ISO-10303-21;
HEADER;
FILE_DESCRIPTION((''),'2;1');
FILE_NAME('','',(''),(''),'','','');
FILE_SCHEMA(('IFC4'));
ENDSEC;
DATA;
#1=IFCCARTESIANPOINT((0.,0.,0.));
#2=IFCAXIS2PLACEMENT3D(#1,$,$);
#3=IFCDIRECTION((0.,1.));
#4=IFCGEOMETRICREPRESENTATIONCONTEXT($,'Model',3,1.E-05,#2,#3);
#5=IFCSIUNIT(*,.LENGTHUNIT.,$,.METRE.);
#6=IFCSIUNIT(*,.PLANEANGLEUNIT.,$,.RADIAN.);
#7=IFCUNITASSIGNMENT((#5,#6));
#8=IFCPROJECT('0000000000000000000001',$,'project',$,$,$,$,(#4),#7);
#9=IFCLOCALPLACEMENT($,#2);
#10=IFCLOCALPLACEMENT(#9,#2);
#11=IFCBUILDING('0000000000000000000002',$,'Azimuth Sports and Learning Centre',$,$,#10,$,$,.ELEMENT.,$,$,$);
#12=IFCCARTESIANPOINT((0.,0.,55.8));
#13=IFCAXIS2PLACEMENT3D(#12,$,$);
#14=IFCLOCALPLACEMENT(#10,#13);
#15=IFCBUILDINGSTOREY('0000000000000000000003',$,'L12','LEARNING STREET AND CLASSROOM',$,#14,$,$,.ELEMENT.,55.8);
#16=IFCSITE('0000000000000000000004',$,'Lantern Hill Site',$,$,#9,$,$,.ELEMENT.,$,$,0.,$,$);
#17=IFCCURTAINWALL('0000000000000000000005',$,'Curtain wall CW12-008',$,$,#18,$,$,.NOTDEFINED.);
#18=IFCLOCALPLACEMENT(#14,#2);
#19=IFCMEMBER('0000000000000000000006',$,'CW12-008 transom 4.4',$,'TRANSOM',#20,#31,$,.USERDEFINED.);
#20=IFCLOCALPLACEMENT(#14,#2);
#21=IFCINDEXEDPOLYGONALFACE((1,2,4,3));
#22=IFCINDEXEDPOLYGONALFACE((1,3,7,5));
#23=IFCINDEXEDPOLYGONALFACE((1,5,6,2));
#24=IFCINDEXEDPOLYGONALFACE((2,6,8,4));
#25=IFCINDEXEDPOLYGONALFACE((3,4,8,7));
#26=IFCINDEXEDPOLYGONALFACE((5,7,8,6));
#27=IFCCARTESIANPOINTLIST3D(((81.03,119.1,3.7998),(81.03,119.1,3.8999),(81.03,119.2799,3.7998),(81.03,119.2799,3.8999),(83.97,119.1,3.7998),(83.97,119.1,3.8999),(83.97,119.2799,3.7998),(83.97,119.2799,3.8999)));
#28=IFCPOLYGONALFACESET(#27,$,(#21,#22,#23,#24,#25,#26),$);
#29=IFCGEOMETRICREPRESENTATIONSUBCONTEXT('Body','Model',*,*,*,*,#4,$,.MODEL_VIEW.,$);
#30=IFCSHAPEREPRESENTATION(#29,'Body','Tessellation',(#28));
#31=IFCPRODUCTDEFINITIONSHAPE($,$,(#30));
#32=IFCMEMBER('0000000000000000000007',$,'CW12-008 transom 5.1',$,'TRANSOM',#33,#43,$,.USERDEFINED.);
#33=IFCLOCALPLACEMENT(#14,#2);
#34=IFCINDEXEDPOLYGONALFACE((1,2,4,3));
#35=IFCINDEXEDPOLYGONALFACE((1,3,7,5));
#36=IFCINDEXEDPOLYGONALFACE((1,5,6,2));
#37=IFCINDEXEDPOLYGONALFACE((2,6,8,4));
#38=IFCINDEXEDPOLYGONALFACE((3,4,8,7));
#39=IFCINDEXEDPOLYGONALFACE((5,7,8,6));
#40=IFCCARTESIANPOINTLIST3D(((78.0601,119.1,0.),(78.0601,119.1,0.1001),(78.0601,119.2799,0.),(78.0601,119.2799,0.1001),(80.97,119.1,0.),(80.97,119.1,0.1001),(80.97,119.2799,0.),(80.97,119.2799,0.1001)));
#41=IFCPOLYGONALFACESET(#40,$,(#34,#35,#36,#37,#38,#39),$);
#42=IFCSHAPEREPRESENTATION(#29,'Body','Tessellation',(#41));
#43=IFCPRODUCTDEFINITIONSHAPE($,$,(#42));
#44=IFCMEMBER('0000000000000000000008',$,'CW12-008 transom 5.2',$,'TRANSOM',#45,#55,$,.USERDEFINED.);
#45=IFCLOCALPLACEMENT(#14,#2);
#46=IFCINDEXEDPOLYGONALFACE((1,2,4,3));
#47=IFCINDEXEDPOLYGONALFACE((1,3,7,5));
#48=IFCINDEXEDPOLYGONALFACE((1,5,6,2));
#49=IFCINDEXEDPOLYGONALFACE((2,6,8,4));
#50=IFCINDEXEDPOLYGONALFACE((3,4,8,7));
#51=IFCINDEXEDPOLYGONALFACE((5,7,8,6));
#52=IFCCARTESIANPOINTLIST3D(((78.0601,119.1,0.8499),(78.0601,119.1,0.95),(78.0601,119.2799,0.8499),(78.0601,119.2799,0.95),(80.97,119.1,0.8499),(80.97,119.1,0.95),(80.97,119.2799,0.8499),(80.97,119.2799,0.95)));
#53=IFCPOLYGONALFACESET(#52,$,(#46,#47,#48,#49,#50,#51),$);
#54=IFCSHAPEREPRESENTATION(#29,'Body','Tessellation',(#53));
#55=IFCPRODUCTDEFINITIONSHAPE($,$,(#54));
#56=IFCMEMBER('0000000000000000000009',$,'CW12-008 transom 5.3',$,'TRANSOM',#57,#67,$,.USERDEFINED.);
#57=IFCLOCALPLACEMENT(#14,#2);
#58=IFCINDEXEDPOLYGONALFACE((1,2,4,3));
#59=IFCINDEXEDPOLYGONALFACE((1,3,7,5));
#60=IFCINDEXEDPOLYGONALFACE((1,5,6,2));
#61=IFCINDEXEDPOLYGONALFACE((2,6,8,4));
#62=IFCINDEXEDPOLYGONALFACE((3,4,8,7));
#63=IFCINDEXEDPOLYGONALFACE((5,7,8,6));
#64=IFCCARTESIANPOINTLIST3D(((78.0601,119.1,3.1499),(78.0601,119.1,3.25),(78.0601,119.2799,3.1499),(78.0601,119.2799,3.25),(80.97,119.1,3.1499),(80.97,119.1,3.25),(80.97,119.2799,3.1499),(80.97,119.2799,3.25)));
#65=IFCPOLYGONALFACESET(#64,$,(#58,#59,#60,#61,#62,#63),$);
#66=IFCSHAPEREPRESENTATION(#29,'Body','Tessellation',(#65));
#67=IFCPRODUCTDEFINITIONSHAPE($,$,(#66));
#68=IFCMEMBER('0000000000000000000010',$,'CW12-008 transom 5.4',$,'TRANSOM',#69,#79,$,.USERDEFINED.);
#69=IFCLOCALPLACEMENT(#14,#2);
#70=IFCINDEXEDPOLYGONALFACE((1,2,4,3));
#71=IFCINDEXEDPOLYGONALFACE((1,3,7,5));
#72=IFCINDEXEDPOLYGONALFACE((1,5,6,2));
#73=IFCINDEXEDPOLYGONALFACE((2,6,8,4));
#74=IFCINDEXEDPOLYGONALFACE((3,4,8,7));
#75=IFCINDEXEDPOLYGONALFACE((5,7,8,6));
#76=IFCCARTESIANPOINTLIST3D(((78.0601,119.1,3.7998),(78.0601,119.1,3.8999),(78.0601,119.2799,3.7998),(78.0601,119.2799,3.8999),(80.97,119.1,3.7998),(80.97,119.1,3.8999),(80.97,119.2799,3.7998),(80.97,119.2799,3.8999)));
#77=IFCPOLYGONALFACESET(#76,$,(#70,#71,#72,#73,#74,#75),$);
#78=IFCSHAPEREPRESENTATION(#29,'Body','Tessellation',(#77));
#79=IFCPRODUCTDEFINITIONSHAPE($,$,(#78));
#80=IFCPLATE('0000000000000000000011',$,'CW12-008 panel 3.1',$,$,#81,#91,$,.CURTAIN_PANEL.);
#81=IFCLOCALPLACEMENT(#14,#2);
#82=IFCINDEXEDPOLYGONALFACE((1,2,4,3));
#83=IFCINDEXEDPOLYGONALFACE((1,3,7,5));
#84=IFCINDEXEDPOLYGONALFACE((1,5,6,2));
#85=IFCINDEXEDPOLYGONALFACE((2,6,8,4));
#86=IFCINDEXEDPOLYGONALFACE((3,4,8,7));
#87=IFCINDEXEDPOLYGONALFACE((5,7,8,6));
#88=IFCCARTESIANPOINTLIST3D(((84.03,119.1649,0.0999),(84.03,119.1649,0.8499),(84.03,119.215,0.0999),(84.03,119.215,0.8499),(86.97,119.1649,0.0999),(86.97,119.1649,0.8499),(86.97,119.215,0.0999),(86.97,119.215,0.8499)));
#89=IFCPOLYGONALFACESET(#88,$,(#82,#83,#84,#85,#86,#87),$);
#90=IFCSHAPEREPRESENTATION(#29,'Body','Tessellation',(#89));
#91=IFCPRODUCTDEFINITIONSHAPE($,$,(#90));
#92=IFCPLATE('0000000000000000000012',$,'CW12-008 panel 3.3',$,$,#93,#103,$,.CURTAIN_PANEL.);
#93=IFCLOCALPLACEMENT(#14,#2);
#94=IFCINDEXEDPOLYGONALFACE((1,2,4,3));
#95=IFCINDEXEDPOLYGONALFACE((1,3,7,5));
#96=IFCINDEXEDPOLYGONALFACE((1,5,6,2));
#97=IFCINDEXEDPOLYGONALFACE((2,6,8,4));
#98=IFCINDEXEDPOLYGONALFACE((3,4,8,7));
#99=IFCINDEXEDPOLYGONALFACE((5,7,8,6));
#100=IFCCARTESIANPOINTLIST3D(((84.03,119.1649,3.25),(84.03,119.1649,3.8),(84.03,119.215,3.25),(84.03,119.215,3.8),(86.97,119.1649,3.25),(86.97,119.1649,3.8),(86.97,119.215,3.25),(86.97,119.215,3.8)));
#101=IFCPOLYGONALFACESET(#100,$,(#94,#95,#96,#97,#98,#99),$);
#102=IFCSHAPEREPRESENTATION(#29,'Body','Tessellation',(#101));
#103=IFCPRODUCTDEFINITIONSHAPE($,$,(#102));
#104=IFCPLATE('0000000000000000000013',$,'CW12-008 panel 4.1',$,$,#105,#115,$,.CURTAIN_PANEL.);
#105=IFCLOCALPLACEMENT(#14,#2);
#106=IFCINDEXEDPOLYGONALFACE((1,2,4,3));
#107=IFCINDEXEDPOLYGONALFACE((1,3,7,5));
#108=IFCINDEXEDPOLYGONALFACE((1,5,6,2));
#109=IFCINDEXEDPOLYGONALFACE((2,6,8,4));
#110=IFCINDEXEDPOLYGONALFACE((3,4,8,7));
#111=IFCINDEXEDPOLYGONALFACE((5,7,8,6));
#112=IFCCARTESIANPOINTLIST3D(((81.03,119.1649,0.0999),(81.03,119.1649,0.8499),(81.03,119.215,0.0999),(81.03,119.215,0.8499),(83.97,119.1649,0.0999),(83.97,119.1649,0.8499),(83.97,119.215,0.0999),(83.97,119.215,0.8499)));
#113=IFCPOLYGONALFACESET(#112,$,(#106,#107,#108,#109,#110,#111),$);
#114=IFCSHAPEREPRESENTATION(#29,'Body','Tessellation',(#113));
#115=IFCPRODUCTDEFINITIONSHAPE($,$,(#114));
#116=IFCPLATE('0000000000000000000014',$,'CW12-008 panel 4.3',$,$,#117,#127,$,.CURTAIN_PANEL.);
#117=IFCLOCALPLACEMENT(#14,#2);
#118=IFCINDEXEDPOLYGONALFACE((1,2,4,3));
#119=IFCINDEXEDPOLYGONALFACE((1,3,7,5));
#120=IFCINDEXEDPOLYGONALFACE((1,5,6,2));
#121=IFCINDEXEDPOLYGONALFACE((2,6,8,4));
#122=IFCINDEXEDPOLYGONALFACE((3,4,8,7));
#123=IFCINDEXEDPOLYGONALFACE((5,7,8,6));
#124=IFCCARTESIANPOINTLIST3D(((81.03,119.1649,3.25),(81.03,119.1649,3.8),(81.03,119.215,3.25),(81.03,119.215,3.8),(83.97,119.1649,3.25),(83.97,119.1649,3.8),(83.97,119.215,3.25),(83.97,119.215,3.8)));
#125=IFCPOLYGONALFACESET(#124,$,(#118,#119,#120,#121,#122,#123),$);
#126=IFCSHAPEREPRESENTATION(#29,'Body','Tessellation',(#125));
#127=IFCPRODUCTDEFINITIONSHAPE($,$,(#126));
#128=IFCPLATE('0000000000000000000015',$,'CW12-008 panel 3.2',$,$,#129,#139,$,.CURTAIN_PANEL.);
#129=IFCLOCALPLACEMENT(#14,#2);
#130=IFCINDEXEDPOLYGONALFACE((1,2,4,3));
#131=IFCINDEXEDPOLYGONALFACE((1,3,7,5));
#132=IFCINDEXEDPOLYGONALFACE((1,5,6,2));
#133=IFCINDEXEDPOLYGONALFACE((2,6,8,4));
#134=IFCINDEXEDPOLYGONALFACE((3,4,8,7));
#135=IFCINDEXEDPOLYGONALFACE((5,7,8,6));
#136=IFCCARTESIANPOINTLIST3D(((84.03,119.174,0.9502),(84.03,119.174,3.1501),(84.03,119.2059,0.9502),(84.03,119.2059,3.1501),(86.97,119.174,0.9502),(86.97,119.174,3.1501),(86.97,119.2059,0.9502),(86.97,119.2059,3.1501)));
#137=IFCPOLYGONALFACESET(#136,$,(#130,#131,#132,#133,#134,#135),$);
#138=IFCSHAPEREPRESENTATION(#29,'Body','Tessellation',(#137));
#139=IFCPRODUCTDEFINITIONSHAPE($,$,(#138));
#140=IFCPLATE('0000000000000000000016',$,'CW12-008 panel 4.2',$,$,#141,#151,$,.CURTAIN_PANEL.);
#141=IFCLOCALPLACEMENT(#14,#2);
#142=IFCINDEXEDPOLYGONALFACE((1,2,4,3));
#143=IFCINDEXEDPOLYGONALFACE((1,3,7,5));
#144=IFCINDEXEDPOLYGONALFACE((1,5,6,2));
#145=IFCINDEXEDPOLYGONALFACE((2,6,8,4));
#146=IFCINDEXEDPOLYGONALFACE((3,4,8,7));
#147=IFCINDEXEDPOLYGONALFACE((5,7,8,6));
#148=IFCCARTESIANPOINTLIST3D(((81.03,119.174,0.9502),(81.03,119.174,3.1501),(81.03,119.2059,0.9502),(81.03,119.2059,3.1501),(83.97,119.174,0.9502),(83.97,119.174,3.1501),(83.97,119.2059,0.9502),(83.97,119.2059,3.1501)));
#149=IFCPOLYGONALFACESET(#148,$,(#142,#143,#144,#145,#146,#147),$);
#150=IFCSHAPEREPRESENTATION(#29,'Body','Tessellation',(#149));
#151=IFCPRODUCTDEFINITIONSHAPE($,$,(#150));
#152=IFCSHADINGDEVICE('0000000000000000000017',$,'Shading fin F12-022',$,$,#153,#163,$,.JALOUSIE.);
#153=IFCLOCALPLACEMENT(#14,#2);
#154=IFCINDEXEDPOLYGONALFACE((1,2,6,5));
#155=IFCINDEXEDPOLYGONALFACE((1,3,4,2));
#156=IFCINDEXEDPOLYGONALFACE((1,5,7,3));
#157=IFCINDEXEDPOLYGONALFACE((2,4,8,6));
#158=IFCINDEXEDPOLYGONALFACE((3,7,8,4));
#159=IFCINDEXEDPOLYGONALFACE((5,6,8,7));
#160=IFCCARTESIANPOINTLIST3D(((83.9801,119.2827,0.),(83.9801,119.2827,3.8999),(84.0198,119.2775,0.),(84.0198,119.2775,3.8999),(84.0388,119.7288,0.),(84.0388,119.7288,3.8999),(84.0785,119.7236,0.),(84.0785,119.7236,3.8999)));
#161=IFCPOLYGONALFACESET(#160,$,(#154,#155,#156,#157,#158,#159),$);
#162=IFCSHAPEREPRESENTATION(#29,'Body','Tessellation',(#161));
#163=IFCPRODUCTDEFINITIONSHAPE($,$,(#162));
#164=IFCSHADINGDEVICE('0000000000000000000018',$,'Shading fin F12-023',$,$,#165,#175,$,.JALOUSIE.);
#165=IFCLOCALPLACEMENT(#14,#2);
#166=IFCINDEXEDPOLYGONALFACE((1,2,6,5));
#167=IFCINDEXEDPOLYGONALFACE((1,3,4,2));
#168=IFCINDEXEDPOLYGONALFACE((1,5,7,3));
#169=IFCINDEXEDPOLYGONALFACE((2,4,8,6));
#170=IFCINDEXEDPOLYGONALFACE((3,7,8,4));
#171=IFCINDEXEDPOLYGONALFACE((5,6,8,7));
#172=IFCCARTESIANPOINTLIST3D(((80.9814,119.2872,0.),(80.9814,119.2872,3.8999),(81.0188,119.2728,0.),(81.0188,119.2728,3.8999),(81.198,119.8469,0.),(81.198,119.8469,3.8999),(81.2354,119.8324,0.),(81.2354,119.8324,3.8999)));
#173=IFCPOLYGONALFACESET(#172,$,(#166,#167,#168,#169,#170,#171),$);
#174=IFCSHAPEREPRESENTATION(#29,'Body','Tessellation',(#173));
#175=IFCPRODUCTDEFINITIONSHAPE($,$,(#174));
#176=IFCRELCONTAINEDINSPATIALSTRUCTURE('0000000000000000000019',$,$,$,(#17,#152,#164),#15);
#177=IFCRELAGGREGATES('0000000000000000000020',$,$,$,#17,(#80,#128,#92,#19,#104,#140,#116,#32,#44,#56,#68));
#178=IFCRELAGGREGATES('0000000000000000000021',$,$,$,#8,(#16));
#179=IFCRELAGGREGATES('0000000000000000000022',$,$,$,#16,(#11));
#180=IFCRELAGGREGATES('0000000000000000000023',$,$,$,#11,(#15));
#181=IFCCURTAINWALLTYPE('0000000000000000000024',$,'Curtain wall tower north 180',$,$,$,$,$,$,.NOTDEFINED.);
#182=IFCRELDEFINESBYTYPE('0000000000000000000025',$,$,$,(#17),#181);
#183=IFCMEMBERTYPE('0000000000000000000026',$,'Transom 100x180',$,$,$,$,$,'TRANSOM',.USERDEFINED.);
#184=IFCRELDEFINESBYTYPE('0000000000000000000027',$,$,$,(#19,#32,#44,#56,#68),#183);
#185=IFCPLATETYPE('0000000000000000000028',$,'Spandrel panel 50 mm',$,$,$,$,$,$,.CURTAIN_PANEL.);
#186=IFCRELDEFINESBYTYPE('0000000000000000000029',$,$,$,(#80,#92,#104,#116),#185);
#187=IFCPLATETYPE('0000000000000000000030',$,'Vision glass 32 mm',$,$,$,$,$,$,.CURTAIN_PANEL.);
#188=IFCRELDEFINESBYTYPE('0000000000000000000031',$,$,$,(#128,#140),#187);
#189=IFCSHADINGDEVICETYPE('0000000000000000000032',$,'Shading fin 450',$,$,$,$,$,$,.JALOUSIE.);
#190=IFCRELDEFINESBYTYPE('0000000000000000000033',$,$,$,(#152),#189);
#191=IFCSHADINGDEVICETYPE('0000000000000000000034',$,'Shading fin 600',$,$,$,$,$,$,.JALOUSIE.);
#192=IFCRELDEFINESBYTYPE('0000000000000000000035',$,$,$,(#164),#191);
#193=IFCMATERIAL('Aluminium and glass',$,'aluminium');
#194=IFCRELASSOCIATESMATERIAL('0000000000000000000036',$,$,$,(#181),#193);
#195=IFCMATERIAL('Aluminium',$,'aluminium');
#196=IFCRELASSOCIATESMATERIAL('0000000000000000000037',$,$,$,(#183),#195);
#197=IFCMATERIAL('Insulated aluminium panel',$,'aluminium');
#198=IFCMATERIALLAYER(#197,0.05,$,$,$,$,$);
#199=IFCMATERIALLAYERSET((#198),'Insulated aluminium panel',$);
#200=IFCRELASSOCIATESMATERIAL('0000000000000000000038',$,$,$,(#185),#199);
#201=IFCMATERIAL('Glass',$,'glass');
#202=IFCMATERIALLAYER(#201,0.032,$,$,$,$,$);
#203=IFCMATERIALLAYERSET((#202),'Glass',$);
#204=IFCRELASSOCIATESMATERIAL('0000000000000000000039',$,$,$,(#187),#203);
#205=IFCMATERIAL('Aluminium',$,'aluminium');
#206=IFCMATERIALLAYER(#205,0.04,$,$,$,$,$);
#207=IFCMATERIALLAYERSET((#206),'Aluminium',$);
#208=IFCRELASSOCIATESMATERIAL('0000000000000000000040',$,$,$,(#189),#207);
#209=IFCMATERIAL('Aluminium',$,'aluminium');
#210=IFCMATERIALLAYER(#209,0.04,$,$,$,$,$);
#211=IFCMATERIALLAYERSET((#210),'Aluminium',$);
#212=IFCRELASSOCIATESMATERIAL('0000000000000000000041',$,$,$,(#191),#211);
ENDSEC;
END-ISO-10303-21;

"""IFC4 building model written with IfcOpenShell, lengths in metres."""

from ifc_helpers import new_model, si_unit, direction, frame, origin, origin_2d, place, context, subcontext, project, spatial, rectangle, extrude, material, layer, layer_set, material_profile, profile_set, type_object, element, aggregate, save


model = new_model("IFC4")

# Units and contexts
model_context = context("Model", 3, precision=1e-05, world=origin(), true_north=direction((0.0, 1.0)))
body_context = subcontext(model_context, "Body", "Model", "MODEL_VIEW")
ifc_project = project(units=[si_unit("LENGTHUNIT", "METRE"), si_unit("PLANEANGLEUNIT", "RADIAN")], contexts=[model_context])

# Site, building, storey
site_placement = place(None, origin())
site = spatial("IfcSite", under=ifc_project, at=site_placement, Name="Lantern Hill Site", CompositionType="ELEMENT", RefElevation=0.0)
building_placement = place(site_placement, origin())
building = spatial("IfcBuilding", under=site, at=building_placement, Name="Azimuth Sports and Learning Centre", CompositionType="ELEMENT")
storey_placement = place(building_placement, frame((0.0, 0.0, 55.8)))
storey = spatial("IfcBuildingStorey", under=building, at=storey_placement, Name="L12", Description="LEARNING STREET AND CLASSROOM", CompositionType="ELEMENT", Elevation=55.8)

# Curtain wall, members, plates
ifc_material_1 = material(Name="Aluminium and glass", Category="aluminium")
curtain_wall_type = type_object("IfcCurtainWallType", Name="Curtain wall tower north 180", PredefinedType="NOTDEFINED", material=ifc_material_1)
curtain_wall_placement = place(storey_placement, origin())
curtain_wall = element("IfcCurtainWall", 1, at=curtain_wall_placement, inside=storey, type_object=curtain_wall_type, Name="Curtain wall CW12-008", PredefinedType="NOTDEFINED")
ifc_material_2 = material(Name="Aluminium", Category="aluminium")
ifc_material_profile_1 = material_profile(ifc_material_2, rectangle(XDim=0.1799, YDim=0.1001, at=origin_2d()), Name="Transom 100x180")
ifc_profile_set_1 = profile_set([ifc_material_profile_1], Name="Aluminium")
member_type_1 = type_object("IfcMemberType", Name="Transom 100x180", ElementType="TRANSOM", PredefinedType="USERDEFINED", material=ifc_profile_set_1)
member_1_placement = place(storey_placement, frame((83.97, 119.1899, 3.8499), z_axis=(-1.0, 0.0, 0.0), x_axis=(0.0, -1.0, 0.0)))
member_1 = element("IfcMember", 2, at=member_1_placement, type_object=member_type_1, Name="CW12-008 transom 4.4", ObjectType="TRANSOM", PredefinedType="USERDEFINED", context=body_context, shape_type="SweptSolid", body=[
    extrude(rectangle(XDim=0.1799, YDim=0.1001, at=origin_2d()), origin(), (0.0, 0.0, 1.0), 2.9399),
])
member_2_placement = place(storey_placement, frame((80.97, 119.1899, 0.05), z_axis=(-1.0, 0.0, 0.0), x_axis=(0.0, -1.0, 0.0)))
member_2 = element("IfcMember", 3, at=member_2_placement, type_object=member_type_1, Name="CW12-008 transom 5.1", ObjectType="TRANSOM", PredefinedType="USERDEFINED", context=body_context, shape_type="SweptSolid", body=[
    extrude(rectangle(XDim=0.1799, YDim=0.1001, at=origin_2d()), origin(), (0.0, 0.0, 1.0), 2.9099),
])
member_3_placement = place(storey_placement, frame((80.97, 119.1899, 0.8999), z_axis=(-1.0, 0.0, 0.0), x_axis=(0.0, -1.0, 0.0)))
member_3 = element("IfcMember", 4, at=member_3_placement, type_object=member_type_1, Name="CW12-008 transom 5.2", ObjectType="TRANSOM", PredefinedType="USERDEFINED", context=body_context, shape_type="SweptSolid", body=[
    extrude(rectangle(XDim=0.1799, YDim=0.1001, at=origin_2d()), origin(), (0.0, 0.0, 1.0), 2.9099),
])
member_4_placement = place(storey_placement, frame((80.97, 119.1899, 3.2), z_axis=(-1.0, 0.0, 0.0), x_axis=(0.0, -1.0, 0.0)))
member_4 = element("IfcMember", 5, at=member_4_placement, type_object=member_type_1, Name="CW12-008 transom 5.3", ObjectType="TRANSOM", PredefinedType="USERDEFINED", context=body_context, shape_type="SweptSolid", body=[
    extrude(rectangle(XDim=0.1799, YDim=0.1001, at=origin_2d()), origin(), (0.0, 0.0, 1.0), 2.9099),
])
member_5_placement = place(storey_placement, frame((80.97, 119.1899, 3.8499), z_axis=(-1.0, 0.0, 0.0), x_axis=(0.0, -1.0, 0.0)))
member_5 = element("IfcMember", 6, at=member_5_placement, type_object=member_type_1, Name="CW12-008 transom 5.4", ObjectType="TRANSOM", PredefinedType="USERDEFINED", context=body_context, shape_type="SweptSolid", body=[
    extrude(rectangle(XDim=0.1799, YDim=0.1001, at=origin_2d()), origin(), (0.0, 0.0, 1.0), 2.9099),
])
ifc_material_3 = material(Name="Insulated aluminium panel", Category="aluminium")
ifc_layer_1 = layer(ifc_material_3, 0.05)
ifc_layer_set_1 = layer_set([ifc_layer_1], Name="Insulated aluminium panel")
plate_type_1 = type_object("IfcPlateType", Name="Spandrel panel 50 mm", PredefinedType="CURTAIN_PANEL", material=ifc_layer_set_1)
plate_1_placement = place(storey_placement, frame((85.5, 119.1899, 0.0999), z_axis=(0.0, 0.0, 1.0), x_axis=(-1.0, 0.0, 0.0)))
plate_1 = element("IfcPlate", 7, at=plate_1_placement, type_object=plate_type_1, Name="CW12-008 panel 3.1", PredefinedType="CURTAIN_PANEL", context=body_context, shape_type="SweptSolid", body=[
    extrude(rectangle(XDim=2.9399, YDim=0.05, at=origin_2d()), origin(), (0.0, 0.0, 1.0), 0.75),
])
plate_2_placement = place(storey_placement, frame((85.5, 119.1899, 3.25), z_axis=(0.0, 0.0, 1.0), x_axis=(-1.0, 0.0, 0.0)))
plate_2 = element("IfcPlate", 8, at=plate_2_placement, type_object=plate_type_1, Name="CW12-008 panel 3.3", PredefinedType="CURTAIN_PANEL", context=body_context, shape_type="SweptSolid", body=[
    extrude(rectangle(XDim=2.9399, YDim=0.05, at=origin_2d()), origin(), (0.0, 0.0, 1.0), 0.55),
])
plate_3_placement = place(storey_placement, frame((82.5, 119.1899, 0.0999), z_axis=(0.0, 0.0, 1.0), x_axis=(-1.0, 0.0, 0.0)))
plate_3 = element("IfcPlate", 9, at=plate_3_placement, type_object=plate_type_1, Name="CW12-008 panel 4.1", PredefinedType="CURTAIN_PANEL", context=body_context, shape_type="SweptSolid", body=[
    extrude(rectangle(XDim=2.9399, YDim=0.05, at=origin_2d()), origin(), (0.0, 0.0, 1.0), 0.75),
])
plate_4_placement = place(storey_placement, frame((82.5, 119.1899, 3.25), z_axis=(0.0, 0.0, 1.0), x_axis=(-1.0, 0.0, 0.0)))
plate_4 = element("IfcPlate", 10, at=plate_4_placement, type_object=plate_type_1, Name="CW12-008 panel 4.3", PredefinedType="CURTAIN_PANEL", context=body_context, shape_type="SweptSolid", body=[
    extrude(rectangle(XDim=2.9399, YDim=0.05, at=origin_2d()), origin(), (0.0, 0.0, 1.0), 0.55),
])
ifc_material_4 = material(Name="Glass", Category="glass")
ifc_layer_2 = layer(ifc_material_4, 0.032)
ifc_layer_set_2 = layer_set([ifc_layer_2], Name="Glass")
plate_type_2 = type_object("IfcPlateType", Name="Vision glass 32 mm", PredefinedType="CURTAIN_PANEL", material=ifc_layer_set_2)
plate_5_placement = place(storey_placement, frame((85.5, 119.1899, 0.9502), z_axis=(0.0, 0.0, 1.0), x_axis=(-1.0, 0.0, 0.0)))
plate_5 = element("IfcPlate", 11, at=plate_5_placement, type_object=plate_type_2, Name="CW12-008 panel 3.2", PredefinedType="CURTAIN_PANEL", context=body_context, shape_type="SweptSolid", body=[
    extrude(rectangle(XDim=2.9399, YDim=0.032, at=origin_2d()), origin(), (0.0, 0.0, 1.0), 2.2),
])
plate_6_placement = place(storey_placement, frame((82.5, 119.1899, 0.9502), z_axis=(0.0, 0.0, 1.0), x_axis=(-1.0, 0.0, 0.0)))
plate_6 = element("IfcPlate", 12, at=plate_6_placement, type_object=plate_type_2, Name="CW12-008 panel 4.2", PredefinedType="CURTAIN_PANEL", context=body_context, shape_type="SweptSolid", body=[
    extrude(rectangle(XDim=2.9399, YDim=0.032, at=origin_2d()), origin(), (0.0, 0.0, 1.0), 2.2),
])
aggregate(curtain_wall, [plate_1, plate_5, plate_2, member_1, plate_3, plate_6, plate_4, member_2, member_3, member_4, member_5])

# Shading devices
ifc_material_5 = material(Name="Aluminium", Category="aluminium")
ifc_layer_3 = layer(ifc_material_5, 0.04)
ifc_layer_set_3 = layer_set([ifc_layer_3], Name="Aluminium")
shading_device_type_1 = type_object("IfcShadingDeviceType", Name="Shading fin 450", PredefinedType="JALOUSIE", material=ifc_layer_set_3)
shading_device_1_placement = place(storey_placement, frame((84.0293, 119.5032, 0.0), z_axis=(0.0, 0.0, 1.0), x_axis=(0.130264, 0.991479, 0.0)))
element("IfcShadingDevice", 13, at=shading_device_1_placement, inside=storey, type_object=shading_device_type_1, Name="Shading fin F12-022", PredefinedType="JALOUSIE", context=body_context, shape_type="SweptSolid", body=[
    extrude(rectangle(XDim=0.45, YDim=0.04, at=origin_2d()), origin(), (0.0, 0.0, 1.0), 3.8999),
])
ifc_material_6 = material(Name="Aluminium", Category="aluminium")
ifc_layer_4 = layer(ifc_material_6, 0.04)
ifc_layer_set_4 = layer_set([ifc_layer_4], Name="Aluminium")
shading_device_type_2 = type_object("IfcShadingDeviceType", Name="Shading fin 600", PredefinedType="JALOUSIE", material=ifc_layer_set_4)
shading_device_2_placement = place(storey_placement, frame((81.1084, 119.5598, 0.0), z_axis=(0.0, 0.0, 1.0), x_axis=(0.360978, 0.932574, 0.0)))
element("IfcShadingDevice", 14, at=shading_device_2_placement, inside=storey, type_object=shading_device_type_2, Name="Shading fin F12-023", PredefinedType="JALOUSIE", context=body_context, shape_type="SweptSolid", body=[
    extrude(rectangle(XDim=0.6001, YDim=0.04, at=origin_2d()), origin(), (0.0, 0.0, 1.0), 3.8999),
])

save(model, "model.ifc")
